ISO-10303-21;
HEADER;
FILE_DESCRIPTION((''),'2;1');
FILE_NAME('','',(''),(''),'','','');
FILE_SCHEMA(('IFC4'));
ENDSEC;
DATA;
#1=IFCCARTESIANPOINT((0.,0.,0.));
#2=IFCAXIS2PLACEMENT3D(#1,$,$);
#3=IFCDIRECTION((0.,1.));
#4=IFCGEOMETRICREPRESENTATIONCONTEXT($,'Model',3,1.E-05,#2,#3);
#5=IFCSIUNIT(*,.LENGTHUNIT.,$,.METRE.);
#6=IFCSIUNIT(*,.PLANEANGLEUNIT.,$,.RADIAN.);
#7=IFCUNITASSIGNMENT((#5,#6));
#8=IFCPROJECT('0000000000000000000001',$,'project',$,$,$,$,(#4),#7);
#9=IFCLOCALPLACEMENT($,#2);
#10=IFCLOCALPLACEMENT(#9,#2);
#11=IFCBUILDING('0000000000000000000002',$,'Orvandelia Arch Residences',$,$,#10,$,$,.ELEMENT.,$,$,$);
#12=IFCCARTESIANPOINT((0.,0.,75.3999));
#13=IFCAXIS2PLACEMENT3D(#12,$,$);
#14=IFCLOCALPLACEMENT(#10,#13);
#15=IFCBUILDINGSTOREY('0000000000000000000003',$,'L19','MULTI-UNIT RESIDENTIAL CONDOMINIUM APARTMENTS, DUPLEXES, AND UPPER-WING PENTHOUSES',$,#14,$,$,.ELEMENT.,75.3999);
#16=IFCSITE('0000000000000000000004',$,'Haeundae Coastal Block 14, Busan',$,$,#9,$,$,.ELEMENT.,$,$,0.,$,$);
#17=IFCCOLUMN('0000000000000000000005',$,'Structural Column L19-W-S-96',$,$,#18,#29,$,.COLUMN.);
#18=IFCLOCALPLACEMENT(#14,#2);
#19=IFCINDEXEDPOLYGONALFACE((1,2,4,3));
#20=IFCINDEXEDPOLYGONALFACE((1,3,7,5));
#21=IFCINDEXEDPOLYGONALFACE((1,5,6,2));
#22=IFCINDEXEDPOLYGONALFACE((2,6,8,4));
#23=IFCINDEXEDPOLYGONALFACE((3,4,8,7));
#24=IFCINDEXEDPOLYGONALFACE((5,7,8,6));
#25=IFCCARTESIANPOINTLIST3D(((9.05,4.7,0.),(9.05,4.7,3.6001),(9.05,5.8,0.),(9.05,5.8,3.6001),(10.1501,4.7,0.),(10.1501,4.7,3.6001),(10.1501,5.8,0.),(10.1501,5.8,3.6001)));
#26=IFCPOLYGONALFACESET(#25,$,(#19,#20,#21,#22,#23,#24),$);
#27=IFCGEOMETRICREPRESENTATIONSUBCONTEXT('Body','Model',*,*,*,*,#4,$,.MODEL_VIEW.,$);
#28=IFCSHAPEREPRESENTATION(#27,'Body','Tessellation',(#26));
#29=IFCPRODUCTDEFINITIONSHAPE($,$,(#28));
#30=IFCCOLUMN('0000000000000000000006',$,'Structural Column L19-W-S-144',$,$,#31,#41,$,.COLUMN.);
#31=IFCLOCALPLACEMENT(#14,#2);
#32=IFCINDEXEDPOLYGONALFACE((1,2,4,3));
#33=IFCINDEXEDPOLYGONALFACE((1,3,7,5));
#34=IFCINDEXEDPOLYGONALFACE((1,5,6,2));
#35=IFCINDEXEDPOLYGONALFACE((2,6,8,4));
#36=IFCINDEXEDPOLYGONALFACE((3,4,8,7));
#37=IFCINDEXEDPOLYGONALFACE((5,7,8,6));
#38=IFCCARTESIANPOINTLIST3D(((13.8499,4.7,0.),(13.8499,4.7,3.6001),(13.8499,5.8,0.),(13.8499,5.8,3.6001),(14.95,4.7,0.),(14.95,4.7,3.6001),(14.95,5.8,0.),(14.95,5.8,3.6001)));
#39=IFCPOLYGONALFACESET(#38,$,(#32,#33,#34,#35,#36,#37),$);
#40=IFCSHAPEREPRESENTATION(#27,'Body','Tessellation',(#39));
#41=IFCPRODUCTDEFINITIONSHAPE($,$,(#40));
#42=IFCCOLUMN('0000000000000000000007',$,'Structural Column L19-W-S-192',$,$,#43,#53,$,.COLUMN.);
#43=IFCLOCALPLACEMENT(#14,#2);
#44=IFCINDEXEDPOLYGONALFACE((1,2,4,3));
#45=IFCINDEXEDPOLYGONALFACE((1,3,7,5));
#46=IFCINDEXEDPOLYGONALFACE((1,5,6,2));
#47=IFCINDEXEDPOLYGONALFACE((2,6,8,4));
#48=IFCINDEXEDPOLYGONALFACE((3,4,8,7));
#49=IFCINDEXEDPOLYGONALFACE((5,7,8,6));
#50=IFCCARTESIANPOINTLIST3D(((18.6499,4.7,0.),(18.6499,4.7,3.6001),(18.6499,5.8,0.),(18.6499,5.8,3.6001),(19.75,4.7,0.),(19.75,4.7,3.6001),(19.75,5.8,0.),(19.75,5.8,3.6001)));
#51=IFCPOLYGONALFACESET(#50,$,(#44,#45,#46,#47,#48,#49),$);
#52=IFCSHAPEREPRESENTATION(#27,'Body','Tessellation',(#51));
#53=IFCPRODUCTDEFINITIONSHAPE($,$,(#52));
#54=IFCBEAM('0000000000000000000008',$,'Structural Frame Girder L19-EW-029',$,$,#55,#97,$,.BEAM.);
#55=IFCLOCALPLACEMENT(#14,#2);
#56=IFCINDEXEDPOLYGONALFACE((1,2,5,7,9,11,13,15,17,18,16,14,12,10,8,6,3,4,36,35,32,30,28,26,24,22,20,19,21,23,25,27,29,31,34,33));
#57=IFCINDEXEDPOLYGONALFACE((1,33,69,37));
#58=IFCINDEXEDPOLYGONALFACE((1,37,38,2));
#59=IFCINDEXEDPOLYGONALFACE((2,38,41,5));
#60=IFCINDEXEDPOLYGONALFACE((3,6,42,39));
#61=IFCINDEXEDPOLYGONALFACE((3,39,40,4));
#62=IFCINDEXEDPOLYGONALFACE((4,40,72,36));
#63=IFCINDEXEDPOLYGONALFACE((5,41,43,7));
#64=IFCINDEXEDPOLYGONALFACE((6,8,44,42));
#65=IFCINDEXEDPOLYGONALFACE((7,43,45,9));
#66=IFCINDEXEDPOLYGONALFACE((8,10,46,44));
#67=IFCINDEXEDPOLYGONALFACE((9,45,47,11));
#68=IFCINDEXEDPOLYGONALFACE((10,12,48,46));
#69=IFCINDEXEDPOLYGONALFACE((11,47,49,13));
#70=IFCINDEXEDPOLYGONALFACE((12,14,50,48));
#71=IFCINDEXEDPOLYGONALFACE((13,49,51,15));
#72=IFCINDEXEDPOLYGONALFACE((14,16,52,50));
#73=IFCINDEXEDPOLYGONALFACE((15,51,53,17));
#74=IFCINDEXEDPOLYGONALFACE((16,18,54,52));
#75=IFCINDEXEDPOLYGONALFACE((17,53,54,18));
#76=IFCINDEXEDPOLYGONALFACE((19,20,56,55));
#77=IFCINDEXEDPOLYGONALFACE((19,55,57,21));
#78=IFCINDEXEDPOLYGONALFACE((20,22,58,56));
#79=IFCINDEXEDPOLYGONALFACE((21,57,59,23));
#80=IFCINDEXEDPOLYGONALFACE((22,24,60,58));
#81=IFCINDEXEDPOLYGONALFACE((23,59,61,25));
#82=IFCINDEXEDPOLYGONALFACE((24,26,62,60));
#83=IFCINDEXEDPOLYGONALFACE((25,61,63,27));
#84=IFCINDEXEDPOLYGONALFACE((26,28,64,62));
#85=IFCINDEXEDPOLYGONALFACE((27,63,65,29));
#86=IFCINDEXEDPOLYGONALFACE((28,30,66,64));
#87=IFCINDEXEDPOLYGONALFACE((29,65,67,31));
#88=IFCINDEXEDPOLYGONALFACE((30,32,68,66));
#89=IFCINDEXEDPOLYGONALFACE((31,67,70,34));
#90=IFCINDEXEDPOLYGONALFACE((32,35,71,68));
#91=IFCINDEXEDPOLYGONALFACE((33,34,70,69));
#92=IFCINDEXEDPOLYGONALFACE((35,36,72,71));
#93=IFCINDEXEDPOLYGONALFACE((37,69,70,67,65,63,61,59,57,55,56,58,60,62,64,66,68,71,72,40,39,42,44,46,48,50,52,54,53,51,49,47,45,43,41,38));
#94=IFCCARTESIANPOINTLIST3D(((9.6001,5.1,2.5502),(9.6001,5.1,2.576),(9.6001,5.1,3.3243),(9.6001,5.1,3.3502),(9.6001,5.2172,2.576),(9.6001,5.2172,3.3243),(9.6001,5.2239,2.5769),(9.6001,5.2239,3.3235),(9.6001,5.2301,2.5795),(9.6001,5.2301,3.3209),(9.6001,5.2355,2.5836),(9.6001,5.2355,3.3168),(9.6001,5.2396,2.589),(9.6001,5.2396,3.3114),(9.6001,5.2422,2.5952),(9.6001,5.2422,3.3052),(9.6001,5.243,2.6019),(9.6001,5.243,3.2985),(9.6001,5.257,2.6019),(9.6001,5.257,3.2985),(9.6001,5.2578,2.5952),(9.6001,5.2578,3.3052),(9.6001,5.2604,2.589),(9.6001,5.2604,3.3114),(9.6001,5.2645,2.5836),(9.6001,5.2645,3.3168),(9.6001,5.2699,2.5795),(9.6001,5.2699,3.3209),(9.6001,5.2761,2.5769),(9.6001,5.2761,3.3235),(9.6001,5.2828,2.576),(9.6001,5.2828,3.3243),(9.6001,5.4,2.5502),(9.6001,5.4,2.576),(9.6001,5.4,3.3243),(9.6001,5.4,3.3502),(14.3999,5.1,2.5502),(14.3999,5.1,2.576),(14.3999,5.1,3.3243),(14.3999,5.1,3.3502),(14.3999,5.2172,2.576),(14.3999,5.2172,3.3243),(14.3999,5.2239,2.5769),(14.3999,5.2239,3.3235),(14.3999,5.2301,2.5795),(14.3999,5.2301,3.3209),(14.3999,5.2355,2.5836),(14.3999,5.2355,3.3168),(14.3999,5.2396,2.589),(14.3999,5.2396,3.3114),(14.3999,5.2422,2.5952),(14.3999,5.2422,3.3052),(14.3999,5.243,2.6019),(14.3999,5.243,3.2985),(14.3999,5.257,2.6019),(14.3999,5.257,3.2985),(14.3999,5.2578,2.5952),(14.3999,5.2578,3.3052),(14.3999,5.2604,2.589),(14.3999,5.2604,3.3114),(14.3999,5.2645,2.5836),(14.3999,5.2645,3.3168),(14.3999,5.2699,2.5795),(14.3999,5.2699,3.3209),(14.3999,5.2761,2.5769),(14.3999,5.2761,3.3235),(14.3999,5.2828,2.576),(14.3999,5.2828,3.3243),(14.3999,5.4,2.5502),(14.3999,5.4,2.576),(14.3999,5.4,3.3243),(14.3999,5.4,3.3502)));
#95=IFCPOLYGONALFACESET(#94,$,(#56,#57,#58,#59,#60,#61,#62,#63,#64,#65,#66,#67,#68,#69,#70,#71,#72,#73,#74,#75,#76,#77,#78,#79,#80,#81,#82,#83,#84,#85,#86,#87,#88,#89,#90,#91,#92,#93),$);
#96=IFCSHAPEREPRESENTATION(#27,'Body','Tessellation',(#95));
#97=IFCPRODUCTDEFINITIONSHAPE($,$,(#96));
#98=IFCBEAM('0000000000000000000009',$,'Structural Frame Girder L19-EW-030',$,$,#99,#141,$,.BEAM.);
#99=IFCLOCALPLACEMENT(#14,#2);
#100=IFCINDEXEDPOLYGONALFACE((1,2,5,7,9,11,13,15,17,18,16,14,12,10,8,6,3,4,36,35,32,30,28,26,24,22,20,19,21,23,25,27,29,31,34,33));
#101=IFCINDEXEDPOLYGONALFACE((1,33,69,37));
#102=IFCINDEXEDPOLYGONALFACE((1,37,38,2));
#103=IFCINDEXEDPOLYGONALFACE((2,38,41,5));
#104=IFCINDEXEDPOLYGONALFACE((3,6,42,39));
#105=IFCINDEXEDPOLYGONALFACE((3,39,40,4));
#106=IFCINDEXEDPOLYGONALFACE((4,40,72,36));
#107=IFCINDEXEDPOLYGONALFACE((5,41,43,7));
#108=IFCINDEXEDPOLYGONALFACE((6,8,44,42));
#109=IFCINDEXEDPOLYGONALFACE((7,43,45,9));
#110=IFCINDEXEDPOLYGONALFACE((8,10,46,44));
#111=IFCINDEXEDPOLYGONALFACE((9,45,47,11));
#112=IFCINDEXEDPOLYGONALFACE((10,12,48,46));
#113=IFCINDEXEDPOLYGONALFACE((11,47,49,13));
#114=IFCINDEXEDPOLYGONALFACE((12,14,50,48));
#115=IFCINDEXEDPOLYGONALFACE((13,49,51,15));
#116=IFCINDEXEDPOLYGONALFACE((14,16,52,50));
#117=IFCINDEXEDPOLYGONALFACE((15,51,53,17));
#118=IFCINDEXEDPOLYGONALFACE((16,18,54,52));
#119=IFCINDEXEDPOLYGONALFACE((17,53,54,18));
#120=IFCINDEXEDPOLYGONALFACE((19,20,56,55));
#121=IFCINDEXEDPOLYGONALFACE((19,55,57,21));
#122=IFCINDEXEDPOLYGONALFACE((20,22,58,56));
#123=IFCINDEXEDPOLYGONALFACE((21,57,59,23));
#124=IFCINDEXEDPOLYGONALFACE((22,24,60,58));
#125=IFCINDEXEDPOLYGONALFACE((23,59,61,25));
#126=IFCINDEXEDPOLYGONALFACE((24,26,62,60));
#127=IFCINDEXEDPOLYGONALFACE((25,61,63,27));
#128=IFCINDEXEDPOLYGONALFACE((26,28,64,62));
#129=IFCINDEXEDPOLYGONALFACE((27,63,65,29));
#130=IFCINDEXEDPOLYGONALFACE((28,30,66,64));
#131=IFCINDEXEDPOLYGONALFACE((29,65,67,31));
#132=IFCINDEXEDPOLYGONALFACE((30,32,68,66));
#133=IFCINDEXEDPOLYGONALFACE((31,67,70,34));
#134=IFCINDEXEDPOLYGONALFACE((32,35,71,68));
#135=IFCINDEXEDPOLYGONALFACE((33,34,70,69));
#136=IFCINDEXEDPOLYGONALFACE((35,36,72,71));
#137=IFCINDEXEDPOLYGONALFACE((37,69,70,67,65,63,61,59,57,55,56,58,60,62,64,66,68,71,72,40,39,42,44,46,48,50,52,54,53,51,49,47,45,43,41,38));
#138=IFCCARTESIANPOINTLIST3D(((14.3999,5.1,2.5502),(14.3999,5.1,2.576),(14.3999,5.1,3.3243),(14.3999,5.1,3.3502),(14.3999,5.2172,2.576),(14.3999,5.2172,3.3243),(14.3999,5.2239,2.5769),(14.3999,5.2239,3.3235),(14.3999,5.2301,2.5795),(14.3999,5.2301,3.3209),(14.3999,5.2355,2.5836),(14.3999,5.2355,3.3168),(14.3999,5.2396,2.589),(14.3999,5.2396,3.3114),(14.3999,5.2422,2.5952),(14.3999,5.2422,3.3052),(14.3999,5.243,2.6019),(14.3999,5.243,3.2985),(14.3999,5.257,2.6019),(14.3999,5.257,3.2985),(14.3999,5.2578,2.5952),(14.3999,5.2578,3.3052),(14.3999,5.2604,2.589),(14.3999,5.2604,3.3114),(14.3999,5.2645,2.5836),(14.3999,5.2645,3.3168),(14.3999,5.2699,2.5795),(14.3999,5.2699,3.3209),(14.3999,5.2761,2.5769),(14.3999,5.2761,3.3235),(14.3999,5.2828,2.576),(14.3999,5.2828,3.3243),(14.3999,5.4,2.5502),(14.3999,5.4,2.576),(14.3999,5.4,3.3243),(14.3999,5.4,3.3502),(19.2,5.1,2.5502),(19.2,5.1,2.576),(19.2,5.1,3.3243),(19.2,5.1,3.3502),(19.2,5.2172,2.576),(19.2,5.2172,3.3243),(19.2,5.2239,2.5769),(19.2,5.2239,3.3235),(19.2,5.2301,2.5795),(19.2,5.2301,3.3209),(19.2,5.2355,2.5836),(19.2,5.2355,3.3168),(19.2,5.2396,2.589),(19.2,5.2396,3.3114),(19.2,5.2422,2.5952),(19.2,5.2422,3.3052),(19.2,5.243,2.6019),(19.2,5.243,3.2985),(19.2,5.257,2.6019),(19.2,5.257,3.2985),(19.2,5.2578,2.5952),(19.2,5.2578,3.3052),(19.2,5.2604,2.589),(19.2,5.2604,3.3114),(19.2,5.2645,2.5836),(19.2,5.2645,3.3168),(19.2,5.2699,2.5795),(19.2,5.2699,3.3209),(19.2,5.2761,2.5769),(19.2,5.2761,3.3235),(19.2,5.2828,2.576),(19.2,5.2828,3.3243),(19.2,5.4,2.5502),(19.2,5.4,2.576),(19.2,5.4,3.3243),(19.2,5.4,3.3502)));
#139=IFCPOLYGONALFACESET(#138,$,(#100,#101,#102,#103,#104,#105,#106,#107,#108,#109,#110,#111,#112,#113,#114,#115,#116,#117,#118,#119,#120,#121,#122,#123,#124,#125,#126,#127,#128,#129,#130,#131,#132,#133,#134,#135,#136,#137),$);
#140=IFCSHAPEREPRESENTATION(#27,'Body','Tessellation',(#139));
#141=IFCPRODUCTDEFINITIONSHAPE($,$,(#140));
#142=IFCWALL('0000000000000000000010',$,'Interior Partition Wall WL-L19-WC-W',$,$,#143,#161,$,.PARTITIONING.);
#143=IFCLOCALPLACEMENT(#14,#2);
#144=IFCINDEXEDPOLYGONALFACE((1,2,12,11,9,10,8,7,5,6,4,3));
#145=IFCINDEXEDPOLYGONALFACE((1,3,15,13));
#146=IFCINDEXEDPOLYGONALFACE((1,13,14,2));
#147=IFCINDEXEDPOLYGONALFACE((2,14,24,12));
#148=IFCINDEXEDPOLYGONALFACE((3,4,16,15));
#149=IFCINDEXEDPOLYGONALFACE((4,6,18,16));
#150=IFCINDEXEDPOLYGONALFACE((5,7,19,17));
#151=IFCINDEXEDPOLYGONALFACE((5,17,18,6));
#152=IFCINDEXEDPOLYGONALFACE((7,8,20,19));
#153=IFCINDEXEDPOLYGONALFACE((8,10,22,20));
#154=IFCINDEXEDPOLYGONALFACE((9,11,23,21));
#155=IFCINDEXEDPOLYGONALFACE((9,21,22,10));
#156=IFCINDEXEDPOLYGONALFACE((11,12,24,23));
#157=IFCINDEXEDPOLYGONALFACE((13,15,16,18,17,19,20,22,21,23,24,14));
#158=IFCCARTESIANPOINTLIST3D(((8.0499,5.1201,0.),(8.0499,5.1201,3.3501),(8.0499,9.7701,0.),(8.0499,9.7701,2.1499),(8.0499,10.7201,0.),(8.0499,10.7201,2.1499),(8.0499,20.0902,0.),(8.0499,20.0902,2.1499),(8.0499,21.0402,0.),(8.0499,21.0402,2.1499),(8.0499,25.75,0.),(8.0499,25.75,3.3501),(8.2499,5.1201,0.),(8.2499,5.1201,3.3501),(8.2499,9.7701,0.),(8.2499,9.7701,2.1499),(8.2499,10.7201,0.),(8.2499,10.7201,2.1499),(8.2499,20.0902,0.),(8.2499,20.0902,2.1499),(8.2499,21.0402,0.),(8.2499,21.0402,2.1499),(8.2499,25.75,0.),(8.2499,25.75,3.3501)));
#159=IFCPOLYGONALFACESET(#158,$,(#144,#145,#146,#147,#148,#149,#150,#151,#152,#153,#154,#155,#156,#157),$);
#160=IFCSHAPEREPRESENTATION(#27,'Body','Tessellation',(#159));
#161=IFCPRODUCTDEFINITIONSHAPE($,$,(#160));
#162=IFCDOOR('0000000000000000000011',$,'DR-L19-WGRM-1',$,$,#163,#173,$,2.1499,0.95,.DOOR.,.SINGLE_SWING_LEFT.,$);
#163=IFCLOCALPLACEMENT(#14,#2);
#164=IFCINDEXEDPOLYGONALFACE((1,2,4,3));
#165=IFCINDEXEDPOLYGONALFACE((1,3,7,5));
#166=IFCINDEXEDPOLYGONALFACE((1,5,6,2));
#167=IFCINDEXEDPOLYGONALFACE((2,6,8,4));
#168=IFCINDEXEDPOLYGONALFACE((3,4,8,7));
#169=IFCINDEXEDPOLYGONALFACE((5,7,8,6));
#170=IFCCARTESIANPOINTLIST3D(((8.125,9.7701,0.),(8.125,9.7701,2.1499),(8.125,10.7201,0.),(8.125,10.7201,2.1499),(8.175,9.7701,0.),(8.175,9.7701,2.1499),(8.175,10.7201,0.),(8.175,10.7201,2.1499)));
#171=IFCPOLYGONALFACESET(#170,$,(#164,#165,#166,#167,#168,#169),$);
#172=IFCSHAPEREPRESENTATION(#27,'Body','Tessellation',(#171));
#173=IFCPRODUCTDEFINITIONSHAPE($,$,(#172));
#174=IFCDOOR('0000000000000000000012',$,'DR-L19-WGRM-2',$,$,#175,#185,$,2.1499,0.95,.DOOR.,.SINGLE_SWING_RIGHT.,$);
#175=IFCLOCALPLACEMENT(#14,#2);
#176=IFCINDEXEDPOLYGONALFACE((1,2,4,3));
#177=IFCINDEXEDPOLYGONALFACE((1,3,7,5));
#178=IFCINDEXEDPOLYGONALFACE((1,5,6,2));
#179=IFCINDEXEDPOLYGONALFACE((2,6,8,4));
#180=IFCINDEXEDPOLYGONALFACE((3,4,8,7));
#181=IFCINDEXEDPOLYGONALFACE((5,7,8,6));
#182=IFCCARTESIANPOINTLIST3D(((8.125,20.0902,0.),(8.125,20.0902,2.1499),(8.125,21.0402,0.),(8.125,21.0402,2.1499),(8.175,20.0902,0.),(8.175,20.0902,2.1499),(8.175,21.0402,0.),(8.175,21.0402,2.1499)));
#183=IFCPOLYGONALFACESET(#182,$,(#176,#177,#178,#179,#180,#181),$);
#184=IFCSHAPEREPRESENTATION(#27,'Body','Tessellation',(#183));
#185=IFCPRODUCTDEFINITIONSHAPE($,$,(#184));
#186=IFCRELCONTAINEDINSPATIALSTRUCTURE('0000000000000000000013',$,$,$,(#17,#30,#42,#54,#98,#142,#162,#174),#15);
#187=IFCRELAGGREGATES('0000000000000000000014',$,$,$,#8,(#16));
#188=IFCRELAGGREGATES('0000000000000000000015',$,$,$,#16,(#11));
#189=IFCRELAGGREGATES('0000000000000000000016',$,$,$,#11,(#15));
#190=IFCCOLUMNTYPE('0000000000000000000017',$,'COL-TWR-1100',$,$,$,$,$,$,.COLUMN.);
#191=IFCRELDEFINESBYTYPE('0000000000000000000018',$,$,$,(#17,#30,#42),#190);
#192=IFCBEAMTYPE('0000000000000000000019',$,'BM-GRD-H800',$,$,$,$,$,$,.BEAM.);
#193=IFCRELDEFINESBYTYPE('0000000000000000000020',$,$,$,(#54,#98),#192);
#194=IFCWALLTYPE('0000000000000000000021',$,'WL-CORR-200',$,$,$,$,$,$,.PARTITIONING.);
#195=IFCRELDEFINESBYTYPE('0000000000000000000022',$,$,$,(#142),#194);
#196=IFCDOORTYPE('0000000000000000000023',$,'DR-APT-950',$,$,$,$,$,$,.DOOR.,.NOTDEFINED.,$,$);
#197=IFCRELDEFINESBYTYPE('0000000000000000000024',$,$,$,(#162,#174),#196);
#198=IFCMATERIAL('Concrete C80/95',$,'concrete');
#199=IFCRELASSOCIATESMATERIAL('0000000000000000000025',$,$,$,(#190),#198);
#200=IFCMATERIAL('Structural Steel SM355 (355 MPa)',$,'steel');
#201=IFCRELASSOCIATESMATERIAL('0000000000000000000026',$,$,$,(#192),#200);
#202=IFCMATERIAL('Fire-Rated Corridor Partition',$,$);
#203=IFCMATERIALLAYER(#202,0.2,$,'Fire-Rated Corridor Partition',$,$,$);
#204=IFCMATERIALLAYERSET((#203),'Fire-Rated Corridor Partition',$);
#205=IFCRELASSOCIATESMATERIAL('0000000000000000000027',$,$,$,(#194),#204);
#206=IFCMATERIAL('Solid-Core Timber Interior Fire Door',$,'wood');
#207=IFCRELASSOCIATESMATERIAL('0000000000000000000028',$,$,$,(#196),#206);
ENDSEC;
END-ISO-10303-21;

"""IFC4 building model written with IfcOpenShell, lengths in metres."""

from ifc_helpers import new_model, si_unit, direction, frame, frame_2d, origin, origin_2d, place, context, subcontext, project, spatial, rectangle, i_section, extrude, material, layer, layer_set, material_profile, profile_set, type_object, element, fill, save


model = new_model("IFC4")

# Units and contexts
model_context = context("Model", 3, precision=1e-05, world=origin(), true_north=direction((0.0, 1.0)))
body_context = subcontext(model_context, "Body", "Model", "MODEL_VIEW")
ifc_project = project(units=[si_unit("LENGTHUNIT", "METRE"), si_unit("PLANEANGLEUNIT", "RADIAN")], contexts=[model_context])

# Site, building, storey
site_placement = place(None, origin())
site = spatial("IfcSite", under=ifc_project, at=site_placement, Name="Haeundae Coastal Block 14, Busan", CompositionType="ELEMENT", RefElevation=0.0)
building_placement = place(site_placement, origin())
building = spatial("IfcBuilding", under=site, at=building_placement, Name="Orvandelia Arch Residences", CompositionType="ELEMENT")
storey_placement = place(building_placement, frame((0.0, 0.0, 75.3999)))
storey = spatial("IfcBuildingStorey", under=building, at=storey_placement, Name="L19", Description="MULTI-UNIT RESIDENTIAL CONDOMINIUM APARTMENTS, DUPLEXES, AND UPPER-WING PENTHOUSES", CompositionType="ELEMENT", Elevation=75.3999)

# Columns
ifc_material_1 = material(Name="Concrete C80/95", Category="concrete")
ifc_material_profile_1 = material_profile(ifc_material_1, rectangle(XDim=1.1001, YDim=1.1001, at=origin_2d()), Name="Concrete C80/95", Category="concrete")
ifc_profile_set_1 = profile_set([ifc_material_profile_1], Name="Concrete C80/95")
column_type = type_object("IfcColumnType", Name="COL-TWR-1100", PredefinedType="COLUMN", material=ifc_profile_set_1)
for number, where, z_axis, x_axis, name in (
    (1, (9.6001, 5.25, 0.0), (0.0, 0.0, 1.0), (1.0, 0.0, 0.0), "Structural Column L19-W-S-96"),
    (2, (14.3999, 5.25, 0.0), (0.0, 0.0, 1.0), (1.0, 0.0, 0.0), "Structural Column L19-W-S-144"),
    (3, (19.2, 5.25, 0.0), (0.0, 0.0, 1.0), (1.0, 0.0, 0.0), "Structural Column L19-W-S-192"),
):
    element("IfcColumn", number, at=place(storey_placement, frame(where, z_axis=z_axis, x_axis=x_axis)), inside=storey, type_object=column_type, Name=name, PredefinedType="COLUMN", context=body_context, shape_type="SweptSolid", body=[
        extrude(rectangle(XDim=1.1001, YDim=1.1001, at=origin_2d()), origin(), (0.0, 0.0, 1.0), 3.6001),
    ])

# Beams
ifc_material_2 = material(Name="Structural Steel SM355 (355 MPa)", Category="steel")
ifc_material_profile_2 = material_profile(ifc_material_2, i_section(OverallWidth=0.3, OverallDepth=0.8, WebThickness=0.0139, FlangeThickness=0.0259, FilletRadius=0.0259, at=origin_2d()), Name="Structural Steel SM355 (355 MPa)", Category="steel")
ifc_profile_set_2 = profile_set([ifc_material_profile_2], Name="Structural Steel SM355 (355 MPa)")
beam_type = type_object("IfcBeamType", Name="BM-GRD-H800", PredefinedType="BEAM", material=ifc_profile_set_2)
beam_1_placement = place(storey_placement, frame((9.6001, 5.25, 2.9502), z_axis=(1.0, 0.0, 0.0), x_axis=(0.0, 1.0, 0.0)))
element("IfcBeam", 4, at=beam_1_placement, inside=storey, type_object=beam_type, Name="Structural Frame Girder L19-EW-029", PredefinedType="BEAM", context=body_context, shape_type="SweptSolid", body=[
    extrude(i_section(OverallWidth=0.3, OverallDepth=0.8, WebThickness=0.0139, FlangeThickness=0.0259, FilletRadius=0.0259, at=origin_2d()), origin(), (0.0, 0.0, 1.0), 4.7998),
])
beam_2_placement = place(storey_placement, frame((14.3999, 5.25, 2.9502), z_axis=(1.0, 0.0, 0.0), x_axis=(0.0, 1.0, 0.0)))
element("IfcBeam", 5, at=beam_2_placement, inside=storey, type_object=beam_type, Name="Structural Frame Girder L19-EW-030", PredefinedType="BEAM", context=body_context, shape_type="SweptSolid", body=[
    extrude(i_section(OverallWidth=0.3, OverallDepth=0.8, WebThickness=0.0139, FlangeThickness=0.0259, FilletRadius=0.0259, at=origin_2d()), origin(), (0.0, 0.0, 1.0), 4.8),
])

# Wall, openings, doors
ifc_material_3 = material(Name="Fire-Rated Corridor Partition")
ifc_layer_1 = layer(ifc_material_3, 0.2, Name="Fire-Rated Corridor Partition")
ifc_layer_set_1 = layer_set([ifc_layer_1], Name="Fire-Rated Corridor Partition")
wall_type_1 = type_object("IfcWallType", Name="WL-CORR-200", PredefinedType="PARTITIONING", material=ifc_layer_set_1)
wall_1_placement = place(storey_placement, frame((8.1499, 5.1201, 0.0), z_axis=(0.0, 0.0, 1.0), x_axis=(0.0, 1.0, 0.0)))
wall_1 = element("IfcWall", 6, at=wall_1_placement, inside=storey, type_object=wall_type_1, Name="Interior Partition Wall WL-L19-WC-W", PredefinedType="PARTITIONING", context=body_context, shape_type="SweptSolid", body=[
    extrude(rectangle(XDim=20.6299, YDim=0.2, at=frame_2d((10.3149, 0.0))), origin(), (0.0, 0.0, 1.0), 3.3501),
])
opening_1_placement = place(wall_1_placement, frame((4.6499, 0.0, 0.0)))
opening_1 = element("IfcOpeningElement", 7, at=opening_1_placement, cuts=wall_1, PredefinedType="OPENING", context=body_context, shape_type="SweptSolid", body=[
    extrude(rectangle(XDim=0.95, YDim=2.1499, at=frame_2d((0.4751, 1.075))), frame((0.0, 0.1099, 0.0), z_axis=(0.0, -1.0, 0.0), x_axis=(1.0, 0.0, 0.0)), (0.0, 0.0, 1.0), 0.22),
])
opening_2_placement = place(wall_1_placement, frame((14.97, 0.0, 0.0)))
opening_2 = element("IfcOpeningElement", 8, at=opening_2_placement, cuts=wall_1, PredefinedType="OPENING", context=body_context, shape_type="SweptSolid", body=[
    extrude(rectangle(XDim=0.95, YDim=2.1499, at=frame_2d((0.4751, 1.075))), frame((0.0, 0.1099, 0.0), z_axis=(0.0, -1.0, 0.0), x_axis=(1.0, 0.0, 0.0)), (0.0, 0.0, 1.0), 0.22),
])
ifc_material_4 = material(Name="Solid-Core Timber Interior Fire Door", Category="wood")
door_type_1 = type_object("IfcDoorType", Name="DR-APT-950", OperationType="NOTDEFINED", PredefinedType="DOOR", material=ifc_material_4)
door_1_placement = place(opening_1_placement, origin())
door_1 = element("IfcDoor", 9, at=door_1_placement, inside=storey, type_object=door_type_1, Name="DR-L19-WGRM-1", OperationType="SINGLE_SWING_LEFT", OverallHeight=2.1499, OverallWidth=0.95, PredefinedType="DOOR", context=body_context, shape_type="SweptSolid", body=[
    extrude(rectangle(XDim=0.95, YDim=2.1499, at=frame_2d((0.4751, 1.075))), frame((0.0, 0.0249, 0.0), z_axis=(0.0, -1.0, 0.0), x_axis=(1.0, 0.0, 0.0)), (0.0, 0.0, 1.0), 0.05),
])
fill(opening_1, door_1)
door_2_placement = place(opening_2_placement, origin())
door_2 = element("IfcDoor", 10, at=door_2_placement, inside=storey, type_object=door_type_1, Name="DR-L19-WGRM-2", OperationType="SINGLE_SWING_RIGHT", OverallHeight=2.1499, OverallWidth=0.95, PredefinedType="DOOR", context=body_context, shape_type="SweptSolid", body=[
    extrude(rectangle(XDim=0.95, YDim=2.1499, at=frame_2d((0.4751, 1.075))), frame((0.0, 0.0249, 0.0), z_axis=(0.0, -1.0, 0.0), x_axis=(1.0, 0.0, 0.0)), (0.0, 0.0, 1.0), 0.05),
])
fill(opening_2, door_2)

save(model, "model.ifc")
